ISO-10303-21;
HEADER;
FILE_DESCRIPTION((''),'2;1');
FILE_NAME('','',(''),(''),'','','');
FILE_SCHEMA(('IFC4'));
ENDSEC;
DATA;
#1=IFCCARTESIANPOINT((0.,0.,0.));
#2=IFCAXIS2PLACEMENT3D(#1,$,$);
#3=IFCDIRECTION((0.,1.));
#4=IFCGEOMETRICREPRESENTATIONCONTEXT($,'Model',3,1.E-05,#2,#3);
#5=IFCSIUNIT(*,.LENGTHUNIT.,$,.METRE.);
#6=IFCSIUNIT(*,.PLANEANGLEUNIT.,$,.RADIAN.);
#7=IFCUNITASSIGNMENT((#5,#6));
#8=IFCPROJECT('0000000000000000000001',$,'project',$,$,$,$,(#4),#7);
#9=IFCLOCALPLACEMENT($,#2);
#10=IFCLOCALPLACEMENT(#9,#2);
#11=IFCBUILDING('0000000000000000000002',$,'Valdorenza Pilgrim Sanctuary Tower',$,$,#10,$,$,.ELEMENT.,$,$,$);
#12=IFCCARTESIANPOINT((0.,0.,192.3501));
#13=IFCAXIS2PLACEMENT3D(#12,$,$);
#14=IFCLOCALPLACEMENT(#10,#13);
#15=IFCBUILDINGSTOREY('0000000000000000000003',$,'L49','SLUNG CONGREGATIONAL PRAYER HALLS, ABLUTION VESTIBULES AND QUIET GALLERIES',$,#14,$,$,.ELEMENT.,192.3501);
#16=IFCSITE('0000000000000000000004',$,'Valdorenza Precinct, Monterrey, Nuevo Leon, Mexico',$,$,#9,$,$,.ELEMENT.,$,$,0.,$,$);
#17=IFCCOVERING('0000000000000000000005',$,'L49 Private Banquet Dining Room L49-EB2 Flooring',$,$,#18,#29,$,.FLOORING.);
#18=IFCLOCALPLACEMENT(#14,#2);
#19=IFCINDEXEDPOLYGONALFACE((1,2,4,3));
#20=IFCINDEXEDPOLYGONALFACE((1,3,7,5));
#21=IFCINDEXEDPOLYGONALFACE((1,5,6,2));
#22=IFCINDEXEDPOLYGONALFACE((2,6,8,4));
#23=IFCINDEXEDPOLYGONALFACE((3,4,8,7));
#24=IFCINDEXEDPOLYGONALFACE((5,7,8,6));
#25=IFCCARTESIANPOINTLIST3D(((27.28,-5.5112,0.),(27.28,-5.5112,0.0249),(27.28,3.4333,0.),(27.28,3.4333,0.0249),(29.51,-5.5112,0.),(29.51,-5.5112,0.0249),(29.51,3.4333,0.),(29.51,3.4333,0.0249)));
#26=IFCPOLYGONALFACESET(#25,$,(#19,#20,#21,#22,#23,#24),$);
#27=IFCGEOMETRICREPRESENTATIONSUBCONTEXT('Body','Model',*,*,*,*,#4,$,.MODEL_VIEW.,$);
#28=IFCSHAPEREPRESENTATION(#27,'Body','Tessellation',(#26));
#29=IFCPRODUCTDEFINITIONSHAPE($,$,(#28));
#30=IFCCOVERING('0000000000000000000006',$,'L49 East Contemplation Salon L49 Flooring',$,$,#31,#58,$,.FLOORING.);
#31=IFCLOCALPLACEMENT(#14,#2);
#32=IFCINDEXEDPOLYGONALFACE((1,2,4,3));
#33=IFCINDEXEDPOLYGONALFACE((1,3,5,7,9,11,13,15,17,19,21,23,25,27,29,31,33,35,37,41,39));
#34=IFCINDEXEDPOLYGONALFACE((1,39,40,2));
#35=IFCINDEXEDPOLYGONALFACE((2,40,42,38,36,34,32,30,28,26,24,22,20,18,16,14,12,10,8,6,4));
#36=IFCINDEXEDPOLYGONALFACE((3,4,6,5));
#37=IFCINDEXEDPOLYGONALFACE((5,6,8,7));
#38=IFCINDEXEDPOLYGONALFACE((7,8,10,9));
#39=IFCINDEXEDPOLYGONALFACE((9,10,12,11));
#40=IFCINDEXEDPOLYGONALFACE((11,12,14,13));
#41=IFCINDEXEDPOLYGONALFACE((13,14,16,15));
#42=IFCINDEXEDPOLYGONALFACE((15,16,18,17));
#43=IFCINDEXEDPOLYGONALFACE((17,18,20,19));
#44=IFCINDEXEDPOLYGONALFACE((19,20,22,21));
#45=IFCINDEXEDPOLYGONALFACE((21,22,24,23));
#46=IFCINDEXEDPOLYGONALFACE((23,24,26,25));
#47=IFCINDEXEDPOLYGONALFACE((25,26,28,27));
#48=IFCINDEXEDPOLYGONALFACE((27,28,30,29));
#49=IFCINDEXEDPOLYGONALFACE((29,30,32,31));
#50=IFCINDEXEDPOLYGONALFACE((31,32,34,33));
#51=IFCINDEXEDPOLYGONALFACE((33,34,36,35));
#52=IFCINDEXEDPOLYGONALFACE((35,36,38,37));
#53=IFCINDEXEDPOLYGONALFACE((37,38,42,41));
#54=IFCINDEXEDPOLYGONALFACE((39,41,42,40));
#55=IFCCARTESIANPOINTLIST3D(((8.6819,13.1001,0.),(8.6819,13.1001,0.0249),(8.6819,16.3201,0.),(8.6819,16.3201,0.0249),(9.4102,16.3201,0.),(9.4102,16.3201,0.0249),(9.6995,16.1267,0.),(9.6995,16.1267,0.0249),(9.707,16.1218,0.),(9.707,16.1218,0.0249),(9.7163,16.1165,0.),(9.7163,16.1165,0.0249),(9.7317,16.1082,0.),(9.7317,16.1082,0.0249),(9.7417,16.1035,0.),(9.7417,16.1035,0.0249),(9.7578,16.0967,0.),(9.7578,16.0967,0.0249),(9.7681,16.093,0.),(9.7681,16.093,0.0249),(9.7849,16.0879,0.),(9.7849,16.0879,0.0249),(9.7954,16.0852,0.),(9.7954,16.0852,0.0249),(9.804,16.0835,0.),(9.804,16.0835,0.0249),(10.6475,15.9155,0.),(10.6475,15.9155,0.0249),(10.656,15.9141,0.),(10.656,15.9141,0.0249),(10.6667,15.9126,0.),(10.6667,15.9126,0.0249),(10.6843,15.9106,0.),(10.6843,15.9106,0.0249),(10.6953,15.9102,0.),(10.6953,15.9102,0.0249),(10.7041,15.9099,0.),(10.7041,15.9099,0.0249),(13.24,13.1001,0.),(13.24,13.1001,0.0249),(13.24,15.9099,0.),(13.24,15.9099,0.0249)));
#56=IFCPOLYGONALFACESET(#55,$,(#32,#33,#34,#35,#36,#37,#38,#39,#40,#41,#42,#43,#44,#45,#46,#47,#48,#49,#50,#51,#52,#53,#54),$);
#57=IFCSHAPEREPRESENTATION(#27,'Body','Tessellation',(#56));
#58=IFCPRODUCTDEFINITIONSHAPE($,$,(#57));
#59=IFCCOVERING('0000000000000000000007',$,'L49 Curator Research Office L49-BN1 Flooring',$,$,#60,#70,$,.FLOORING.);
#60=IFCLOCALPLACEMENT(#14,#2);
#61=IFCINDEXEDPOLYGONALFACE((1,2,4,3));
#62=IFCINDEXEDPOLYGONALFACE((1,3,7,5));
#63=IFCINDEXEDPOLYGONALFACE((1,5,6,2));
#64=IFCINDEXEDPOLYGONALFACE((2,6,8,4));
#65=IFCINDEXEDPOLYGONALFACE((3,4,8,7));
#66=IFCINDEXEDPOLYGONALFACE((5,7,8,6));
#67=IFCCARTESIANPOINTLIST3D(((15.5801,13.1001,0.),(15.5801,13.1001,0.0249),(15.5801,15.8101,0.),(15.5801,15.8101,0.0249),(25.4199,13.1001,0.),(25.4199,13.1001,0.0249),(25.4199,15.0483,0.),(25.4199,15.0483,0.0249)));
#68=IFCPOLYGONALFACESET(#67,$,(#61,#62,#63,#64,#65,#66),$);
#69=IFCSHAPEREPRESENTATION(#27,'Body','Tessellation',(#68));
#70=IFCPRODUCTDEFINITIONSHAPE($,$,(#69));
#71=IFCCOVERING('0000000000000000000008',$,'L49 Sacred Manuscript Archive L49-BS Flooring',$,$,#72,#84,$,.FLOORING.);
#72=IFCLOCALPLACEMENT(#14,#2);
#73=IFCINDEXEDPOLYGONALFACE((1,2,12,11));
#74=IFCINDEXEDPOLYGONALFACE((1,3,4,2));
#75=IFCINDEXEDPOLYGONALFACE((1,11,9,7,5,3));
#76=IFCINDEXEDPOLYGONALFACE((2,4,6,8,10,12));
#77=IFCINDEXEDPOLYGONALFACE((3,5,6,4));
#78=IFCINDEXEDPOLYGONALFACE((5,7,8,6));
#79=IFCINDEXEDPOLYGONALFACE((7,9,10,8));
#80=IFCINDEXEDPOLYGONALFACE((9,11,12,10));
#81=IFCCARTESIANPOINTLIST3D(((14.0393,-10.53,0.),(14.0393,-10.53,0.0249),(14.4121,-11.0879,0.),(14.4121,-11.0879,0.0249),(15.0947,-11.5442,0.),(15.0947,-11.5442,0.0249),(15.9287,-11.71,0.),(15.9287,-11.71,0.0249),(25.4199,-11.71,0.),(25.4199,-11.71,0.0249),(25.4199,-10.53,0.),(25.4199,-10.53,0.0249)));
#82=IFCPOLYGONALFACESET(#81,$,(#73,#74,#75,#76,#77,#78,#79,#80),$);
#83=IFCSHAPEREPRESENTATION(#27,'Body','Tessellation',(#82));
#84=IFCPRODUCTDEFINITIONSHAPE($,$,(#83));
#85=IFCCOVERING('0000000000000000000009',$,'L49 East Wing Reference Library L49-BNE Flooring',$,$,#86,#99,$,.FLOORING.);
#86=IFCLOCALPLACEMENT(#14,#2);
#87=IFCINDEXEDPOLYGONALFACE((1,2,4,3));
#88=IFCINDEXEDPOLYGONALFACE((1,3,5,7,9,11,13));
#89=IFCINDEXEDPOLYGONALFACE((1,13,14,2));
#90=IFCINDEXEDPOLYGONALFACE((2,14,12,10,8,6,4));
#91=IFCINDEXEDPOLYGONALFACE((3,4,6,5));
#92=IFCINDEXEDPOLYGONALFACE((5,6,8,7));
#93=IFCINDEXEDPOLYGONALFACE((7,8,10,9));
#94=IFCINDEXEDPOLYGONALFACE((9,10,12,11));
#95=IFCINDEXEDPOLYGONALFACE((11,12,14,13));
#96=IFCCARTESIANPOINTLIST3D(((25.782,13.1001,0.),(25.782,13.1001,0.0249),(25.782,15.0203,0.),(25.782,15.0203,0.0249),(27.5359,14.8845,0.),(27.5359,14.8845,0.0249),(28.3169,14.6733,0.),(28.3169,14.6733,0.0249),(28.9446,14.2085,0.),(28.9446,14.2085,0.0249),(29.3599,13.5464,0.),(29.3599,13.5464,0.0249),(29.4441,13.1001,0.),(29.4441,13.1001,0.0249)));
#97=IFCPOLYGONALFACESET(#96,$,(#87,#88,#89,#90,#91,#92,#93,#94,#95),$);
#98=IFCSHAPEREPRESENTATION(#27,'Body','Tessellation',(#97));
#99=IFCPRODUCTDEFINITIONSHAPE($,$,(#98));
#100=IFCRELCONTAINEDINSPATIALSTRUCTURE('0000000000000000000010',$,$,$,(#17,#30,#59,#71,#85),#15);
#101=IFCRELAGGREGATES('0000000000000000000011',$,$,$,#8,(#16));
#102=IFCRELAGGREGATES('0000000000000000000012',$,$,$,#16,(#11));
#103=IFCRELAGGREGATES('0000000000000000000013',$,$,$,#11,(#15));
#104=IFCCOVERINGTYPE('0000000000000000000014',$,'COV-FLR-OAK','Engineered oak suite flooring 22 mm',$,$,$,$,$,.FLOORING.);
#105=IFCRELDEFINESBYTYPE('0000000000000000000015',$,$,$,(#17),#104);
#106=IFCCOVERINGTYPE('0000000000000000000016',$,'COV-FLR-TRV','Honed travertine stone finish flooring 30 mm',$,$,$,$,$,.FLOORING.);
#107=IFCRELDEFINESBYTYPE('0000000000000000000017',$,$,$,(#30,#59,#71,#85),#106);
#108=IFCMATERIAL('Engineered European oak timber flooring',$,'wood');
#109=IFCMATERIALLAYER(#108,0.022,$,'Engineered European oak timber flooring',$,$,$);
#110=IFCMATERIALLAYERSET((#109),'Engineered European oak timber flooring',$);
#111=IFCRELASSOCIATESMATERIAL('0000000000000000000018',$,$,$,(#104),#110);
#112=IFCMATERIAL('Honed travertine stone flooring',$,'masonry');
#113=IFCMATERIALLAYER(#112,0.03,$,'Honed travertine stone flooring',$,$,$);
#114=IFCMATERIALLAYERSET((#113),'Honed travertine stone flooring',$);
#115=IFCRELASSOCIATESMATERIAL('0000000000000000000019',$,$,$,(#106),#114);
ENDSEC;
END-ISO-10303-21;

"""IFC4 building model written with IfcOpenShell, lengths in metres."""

from ifc_helpers import new_model, si_unit, direction, frame, origin, place, context, subcontext, project, spatial, polyline, outline, extrude, material, layer, layer_set, type_object, element, save


model = new_model("IFC4")

# Units and contexts
model_context = context("Model", 3, precision=1e-05, world=origin(), true_north=direction((0.0, 1.0)))
body_context = subcontext(model_context, "Body", "Model", "MODEL_VIEW")
ifc_project = project(units=[si_unit("LENGTHUNIT", "METRE"), si_unit("PLANEANGLEUNIT", "RADIAN")], contexts=[model_context])

# Site, building, storey
site_placement = place(None, origin())
site = spatial("IfcSite", under=ifc_project, at=site_placement, Name="Valdorenza Precinct, Monterrey, Nuevo Leon, Mexico", CompositionType="ELEMENT", RefElevation=0.0)
building_placement = place(site_placement, origin())
building = spatial("IfcBuilding", under=site, at=building_placement, Name="Valdorenza Pilgrim Sanctuary Tower", CompositionType="ELEMENT")
storey_placement = place(building_placement, frame((0.0, 0.0, 192.3501)))
storey = spatial("IfcBuildingStorey", under=building, at=storey_placement, Name="L49", Description="SLUNG CONGREGATIONAL PRAYER HALLS, ABLUTION VESTIBULES AND QUIET GALLERIES", CompositionType="ELEMENT", Elevation=192.3501)

# Coverings
ifc_material_1 = material(Name="Engineered European oak timber flooring", Category="wood")
ifc_layer_1 = layer(ifc_material_1, 0.022, Name="Engineered European oak timber flooring")
ifc_layer_set_1 = layer_set([ifc_layer_1], Name="Engineered European oak timber flooring")
covering_type_1 = type_object("IfcCoveringType", Name="COV-FLR-OAK", Description="Engineered oak suite flooring 22 mm", PredefinedType="FLOORING", material=ifc_layer_set_1)
covering_1_placement = place(storey_placement, origin())
element("IfcCovering", 1, at=covering_1_placement, inside=storey, type_object=covering_type_1, Name="L49 Private Banquet Dining Room L49-EB2 Flooring", PredefinedType="FLOORING", context=body_context, shape_type="SweptSolid", body=[
    extrude(outline(polyline([(27.28, 3.4333), (29.51, 3.4333), (29.51, -5.5112), (27.28, -5.5112), (27.28, 3.4333)])), origin(), (0.0, 0.0, 1.0), 0.0249),
])
ifc_material_2 = material(Name="Honed travertine stone flooring", Category="masonry")
ifc_layer_2 = layer(ifc_material_2, 0.03, Name="Honed travertine stone flooring")
ifc_layer_set_2 = layer_set([ifc_layer_2], Name="Honed travertine stone flooring")
covering_type_2 = type_object("IfcCoveringType", Name="COV-FLR-TRV", Description="Honed travertine stone finish flooring 30 mm", PredefinedType="FLOORING", material=ifc_layer_set_2)
covering_2_placement = place(storey_placement, origin())
element("IfcCovering", 2, at=covering_2_placement, inside=storey, type_object=covering_type_2, Name="L49 East Contemplation Salon L49 Flooring", PredefinedType="FLOORING", context=body_context, shape_type="SweptSolid", body=[
    extrude(outline(polyline([(8.6819, 13.1001), (8.6819, 16.3201), (9.4102, 16.3201), (9.6995, 16.1267), (9.707, 16.1218), (9.7163, 16.1165), (9.7317, 16.1082), (9.7417, 16.1035), (9.7578, 16.0967), (9.7681, 16.093), (9.7849, 16.0879), (9.7954, 16.0852), (9.804, 16.0835), (10.6475, 15.9155), (10.656, 15.9141), (10.6667, 15.9126), (10.6843, 15.9106), (10.6953, 15.9102), (10.7041, 15.9099), (13.24, 15.9099), (13.24, 13.1001), (8.6819, 13.1001)])), origin(), (0.0, 0.0, 1.0), 0.0249),
])
covering_3_placement = place(storey_placement, origin())
element("IfcCovering", 3, at=covering_3_placement, inside=storey, type_object=covering_type_2, Name="L49 Curator Research Office L49-BN1 Flooring", PredefinedType="FLOORING", context=body_context, shape_type="SweptSolid", body=[
    extrude(outline(polyline([(15.5801, 13.1001), (15.5801, 15.8101), (25.4199, 15.0483), (25.4199, 13.1001), (15.5801, 13.1001)])), origin(), (0.0, 0.0, 1.0), 0.0249),
])
covering_4_placement = place(storey_placement, origin())
element("IfcCovering", 4, at=covering_4_placement, inside=storey, type_object=covering_type_2, Name="L49 Sacred Manuscript Archive L49-BS Flooring", PredefinedType="FLOORING", context=body_context, shape_type="SweptSolid", body=[
    extrude(outline(polyline([(14.0393, -10.53), (25.4199, -10.53), (25.4199, -11.71), (15.9287, -11.71), (15.0947, -11.5442), (14.4121, -11.0879), (14.0393, -10.53)])), origin(), (0.0, 0.0, 1.0), 0.0249),
])
covering_5_placement = place(storey_placement, origin())
element("IfcCovering", 5, at=covering_5_placement, inside=storey, type_object=covering_type_2, Name="L49 East Wing Reference Library L49-BNE Flooring", PredefinedType="FLOORING", context=body_context, shape_type="SweptSolid", body=[
    extrude(outline(polyline([(27.5359, 14.8845), (28.3169, 14.6733), (28.9446, 14.2085), (29.3599, 13.5464), (29.4441, 13.1001), (25.782, 13.1001), (25.782, 15.0203), (27.5359, 14.8845)])), origin(), (0.0, 0.0, 1.0), 0.0249),
])

save(model, "model.ifc")
